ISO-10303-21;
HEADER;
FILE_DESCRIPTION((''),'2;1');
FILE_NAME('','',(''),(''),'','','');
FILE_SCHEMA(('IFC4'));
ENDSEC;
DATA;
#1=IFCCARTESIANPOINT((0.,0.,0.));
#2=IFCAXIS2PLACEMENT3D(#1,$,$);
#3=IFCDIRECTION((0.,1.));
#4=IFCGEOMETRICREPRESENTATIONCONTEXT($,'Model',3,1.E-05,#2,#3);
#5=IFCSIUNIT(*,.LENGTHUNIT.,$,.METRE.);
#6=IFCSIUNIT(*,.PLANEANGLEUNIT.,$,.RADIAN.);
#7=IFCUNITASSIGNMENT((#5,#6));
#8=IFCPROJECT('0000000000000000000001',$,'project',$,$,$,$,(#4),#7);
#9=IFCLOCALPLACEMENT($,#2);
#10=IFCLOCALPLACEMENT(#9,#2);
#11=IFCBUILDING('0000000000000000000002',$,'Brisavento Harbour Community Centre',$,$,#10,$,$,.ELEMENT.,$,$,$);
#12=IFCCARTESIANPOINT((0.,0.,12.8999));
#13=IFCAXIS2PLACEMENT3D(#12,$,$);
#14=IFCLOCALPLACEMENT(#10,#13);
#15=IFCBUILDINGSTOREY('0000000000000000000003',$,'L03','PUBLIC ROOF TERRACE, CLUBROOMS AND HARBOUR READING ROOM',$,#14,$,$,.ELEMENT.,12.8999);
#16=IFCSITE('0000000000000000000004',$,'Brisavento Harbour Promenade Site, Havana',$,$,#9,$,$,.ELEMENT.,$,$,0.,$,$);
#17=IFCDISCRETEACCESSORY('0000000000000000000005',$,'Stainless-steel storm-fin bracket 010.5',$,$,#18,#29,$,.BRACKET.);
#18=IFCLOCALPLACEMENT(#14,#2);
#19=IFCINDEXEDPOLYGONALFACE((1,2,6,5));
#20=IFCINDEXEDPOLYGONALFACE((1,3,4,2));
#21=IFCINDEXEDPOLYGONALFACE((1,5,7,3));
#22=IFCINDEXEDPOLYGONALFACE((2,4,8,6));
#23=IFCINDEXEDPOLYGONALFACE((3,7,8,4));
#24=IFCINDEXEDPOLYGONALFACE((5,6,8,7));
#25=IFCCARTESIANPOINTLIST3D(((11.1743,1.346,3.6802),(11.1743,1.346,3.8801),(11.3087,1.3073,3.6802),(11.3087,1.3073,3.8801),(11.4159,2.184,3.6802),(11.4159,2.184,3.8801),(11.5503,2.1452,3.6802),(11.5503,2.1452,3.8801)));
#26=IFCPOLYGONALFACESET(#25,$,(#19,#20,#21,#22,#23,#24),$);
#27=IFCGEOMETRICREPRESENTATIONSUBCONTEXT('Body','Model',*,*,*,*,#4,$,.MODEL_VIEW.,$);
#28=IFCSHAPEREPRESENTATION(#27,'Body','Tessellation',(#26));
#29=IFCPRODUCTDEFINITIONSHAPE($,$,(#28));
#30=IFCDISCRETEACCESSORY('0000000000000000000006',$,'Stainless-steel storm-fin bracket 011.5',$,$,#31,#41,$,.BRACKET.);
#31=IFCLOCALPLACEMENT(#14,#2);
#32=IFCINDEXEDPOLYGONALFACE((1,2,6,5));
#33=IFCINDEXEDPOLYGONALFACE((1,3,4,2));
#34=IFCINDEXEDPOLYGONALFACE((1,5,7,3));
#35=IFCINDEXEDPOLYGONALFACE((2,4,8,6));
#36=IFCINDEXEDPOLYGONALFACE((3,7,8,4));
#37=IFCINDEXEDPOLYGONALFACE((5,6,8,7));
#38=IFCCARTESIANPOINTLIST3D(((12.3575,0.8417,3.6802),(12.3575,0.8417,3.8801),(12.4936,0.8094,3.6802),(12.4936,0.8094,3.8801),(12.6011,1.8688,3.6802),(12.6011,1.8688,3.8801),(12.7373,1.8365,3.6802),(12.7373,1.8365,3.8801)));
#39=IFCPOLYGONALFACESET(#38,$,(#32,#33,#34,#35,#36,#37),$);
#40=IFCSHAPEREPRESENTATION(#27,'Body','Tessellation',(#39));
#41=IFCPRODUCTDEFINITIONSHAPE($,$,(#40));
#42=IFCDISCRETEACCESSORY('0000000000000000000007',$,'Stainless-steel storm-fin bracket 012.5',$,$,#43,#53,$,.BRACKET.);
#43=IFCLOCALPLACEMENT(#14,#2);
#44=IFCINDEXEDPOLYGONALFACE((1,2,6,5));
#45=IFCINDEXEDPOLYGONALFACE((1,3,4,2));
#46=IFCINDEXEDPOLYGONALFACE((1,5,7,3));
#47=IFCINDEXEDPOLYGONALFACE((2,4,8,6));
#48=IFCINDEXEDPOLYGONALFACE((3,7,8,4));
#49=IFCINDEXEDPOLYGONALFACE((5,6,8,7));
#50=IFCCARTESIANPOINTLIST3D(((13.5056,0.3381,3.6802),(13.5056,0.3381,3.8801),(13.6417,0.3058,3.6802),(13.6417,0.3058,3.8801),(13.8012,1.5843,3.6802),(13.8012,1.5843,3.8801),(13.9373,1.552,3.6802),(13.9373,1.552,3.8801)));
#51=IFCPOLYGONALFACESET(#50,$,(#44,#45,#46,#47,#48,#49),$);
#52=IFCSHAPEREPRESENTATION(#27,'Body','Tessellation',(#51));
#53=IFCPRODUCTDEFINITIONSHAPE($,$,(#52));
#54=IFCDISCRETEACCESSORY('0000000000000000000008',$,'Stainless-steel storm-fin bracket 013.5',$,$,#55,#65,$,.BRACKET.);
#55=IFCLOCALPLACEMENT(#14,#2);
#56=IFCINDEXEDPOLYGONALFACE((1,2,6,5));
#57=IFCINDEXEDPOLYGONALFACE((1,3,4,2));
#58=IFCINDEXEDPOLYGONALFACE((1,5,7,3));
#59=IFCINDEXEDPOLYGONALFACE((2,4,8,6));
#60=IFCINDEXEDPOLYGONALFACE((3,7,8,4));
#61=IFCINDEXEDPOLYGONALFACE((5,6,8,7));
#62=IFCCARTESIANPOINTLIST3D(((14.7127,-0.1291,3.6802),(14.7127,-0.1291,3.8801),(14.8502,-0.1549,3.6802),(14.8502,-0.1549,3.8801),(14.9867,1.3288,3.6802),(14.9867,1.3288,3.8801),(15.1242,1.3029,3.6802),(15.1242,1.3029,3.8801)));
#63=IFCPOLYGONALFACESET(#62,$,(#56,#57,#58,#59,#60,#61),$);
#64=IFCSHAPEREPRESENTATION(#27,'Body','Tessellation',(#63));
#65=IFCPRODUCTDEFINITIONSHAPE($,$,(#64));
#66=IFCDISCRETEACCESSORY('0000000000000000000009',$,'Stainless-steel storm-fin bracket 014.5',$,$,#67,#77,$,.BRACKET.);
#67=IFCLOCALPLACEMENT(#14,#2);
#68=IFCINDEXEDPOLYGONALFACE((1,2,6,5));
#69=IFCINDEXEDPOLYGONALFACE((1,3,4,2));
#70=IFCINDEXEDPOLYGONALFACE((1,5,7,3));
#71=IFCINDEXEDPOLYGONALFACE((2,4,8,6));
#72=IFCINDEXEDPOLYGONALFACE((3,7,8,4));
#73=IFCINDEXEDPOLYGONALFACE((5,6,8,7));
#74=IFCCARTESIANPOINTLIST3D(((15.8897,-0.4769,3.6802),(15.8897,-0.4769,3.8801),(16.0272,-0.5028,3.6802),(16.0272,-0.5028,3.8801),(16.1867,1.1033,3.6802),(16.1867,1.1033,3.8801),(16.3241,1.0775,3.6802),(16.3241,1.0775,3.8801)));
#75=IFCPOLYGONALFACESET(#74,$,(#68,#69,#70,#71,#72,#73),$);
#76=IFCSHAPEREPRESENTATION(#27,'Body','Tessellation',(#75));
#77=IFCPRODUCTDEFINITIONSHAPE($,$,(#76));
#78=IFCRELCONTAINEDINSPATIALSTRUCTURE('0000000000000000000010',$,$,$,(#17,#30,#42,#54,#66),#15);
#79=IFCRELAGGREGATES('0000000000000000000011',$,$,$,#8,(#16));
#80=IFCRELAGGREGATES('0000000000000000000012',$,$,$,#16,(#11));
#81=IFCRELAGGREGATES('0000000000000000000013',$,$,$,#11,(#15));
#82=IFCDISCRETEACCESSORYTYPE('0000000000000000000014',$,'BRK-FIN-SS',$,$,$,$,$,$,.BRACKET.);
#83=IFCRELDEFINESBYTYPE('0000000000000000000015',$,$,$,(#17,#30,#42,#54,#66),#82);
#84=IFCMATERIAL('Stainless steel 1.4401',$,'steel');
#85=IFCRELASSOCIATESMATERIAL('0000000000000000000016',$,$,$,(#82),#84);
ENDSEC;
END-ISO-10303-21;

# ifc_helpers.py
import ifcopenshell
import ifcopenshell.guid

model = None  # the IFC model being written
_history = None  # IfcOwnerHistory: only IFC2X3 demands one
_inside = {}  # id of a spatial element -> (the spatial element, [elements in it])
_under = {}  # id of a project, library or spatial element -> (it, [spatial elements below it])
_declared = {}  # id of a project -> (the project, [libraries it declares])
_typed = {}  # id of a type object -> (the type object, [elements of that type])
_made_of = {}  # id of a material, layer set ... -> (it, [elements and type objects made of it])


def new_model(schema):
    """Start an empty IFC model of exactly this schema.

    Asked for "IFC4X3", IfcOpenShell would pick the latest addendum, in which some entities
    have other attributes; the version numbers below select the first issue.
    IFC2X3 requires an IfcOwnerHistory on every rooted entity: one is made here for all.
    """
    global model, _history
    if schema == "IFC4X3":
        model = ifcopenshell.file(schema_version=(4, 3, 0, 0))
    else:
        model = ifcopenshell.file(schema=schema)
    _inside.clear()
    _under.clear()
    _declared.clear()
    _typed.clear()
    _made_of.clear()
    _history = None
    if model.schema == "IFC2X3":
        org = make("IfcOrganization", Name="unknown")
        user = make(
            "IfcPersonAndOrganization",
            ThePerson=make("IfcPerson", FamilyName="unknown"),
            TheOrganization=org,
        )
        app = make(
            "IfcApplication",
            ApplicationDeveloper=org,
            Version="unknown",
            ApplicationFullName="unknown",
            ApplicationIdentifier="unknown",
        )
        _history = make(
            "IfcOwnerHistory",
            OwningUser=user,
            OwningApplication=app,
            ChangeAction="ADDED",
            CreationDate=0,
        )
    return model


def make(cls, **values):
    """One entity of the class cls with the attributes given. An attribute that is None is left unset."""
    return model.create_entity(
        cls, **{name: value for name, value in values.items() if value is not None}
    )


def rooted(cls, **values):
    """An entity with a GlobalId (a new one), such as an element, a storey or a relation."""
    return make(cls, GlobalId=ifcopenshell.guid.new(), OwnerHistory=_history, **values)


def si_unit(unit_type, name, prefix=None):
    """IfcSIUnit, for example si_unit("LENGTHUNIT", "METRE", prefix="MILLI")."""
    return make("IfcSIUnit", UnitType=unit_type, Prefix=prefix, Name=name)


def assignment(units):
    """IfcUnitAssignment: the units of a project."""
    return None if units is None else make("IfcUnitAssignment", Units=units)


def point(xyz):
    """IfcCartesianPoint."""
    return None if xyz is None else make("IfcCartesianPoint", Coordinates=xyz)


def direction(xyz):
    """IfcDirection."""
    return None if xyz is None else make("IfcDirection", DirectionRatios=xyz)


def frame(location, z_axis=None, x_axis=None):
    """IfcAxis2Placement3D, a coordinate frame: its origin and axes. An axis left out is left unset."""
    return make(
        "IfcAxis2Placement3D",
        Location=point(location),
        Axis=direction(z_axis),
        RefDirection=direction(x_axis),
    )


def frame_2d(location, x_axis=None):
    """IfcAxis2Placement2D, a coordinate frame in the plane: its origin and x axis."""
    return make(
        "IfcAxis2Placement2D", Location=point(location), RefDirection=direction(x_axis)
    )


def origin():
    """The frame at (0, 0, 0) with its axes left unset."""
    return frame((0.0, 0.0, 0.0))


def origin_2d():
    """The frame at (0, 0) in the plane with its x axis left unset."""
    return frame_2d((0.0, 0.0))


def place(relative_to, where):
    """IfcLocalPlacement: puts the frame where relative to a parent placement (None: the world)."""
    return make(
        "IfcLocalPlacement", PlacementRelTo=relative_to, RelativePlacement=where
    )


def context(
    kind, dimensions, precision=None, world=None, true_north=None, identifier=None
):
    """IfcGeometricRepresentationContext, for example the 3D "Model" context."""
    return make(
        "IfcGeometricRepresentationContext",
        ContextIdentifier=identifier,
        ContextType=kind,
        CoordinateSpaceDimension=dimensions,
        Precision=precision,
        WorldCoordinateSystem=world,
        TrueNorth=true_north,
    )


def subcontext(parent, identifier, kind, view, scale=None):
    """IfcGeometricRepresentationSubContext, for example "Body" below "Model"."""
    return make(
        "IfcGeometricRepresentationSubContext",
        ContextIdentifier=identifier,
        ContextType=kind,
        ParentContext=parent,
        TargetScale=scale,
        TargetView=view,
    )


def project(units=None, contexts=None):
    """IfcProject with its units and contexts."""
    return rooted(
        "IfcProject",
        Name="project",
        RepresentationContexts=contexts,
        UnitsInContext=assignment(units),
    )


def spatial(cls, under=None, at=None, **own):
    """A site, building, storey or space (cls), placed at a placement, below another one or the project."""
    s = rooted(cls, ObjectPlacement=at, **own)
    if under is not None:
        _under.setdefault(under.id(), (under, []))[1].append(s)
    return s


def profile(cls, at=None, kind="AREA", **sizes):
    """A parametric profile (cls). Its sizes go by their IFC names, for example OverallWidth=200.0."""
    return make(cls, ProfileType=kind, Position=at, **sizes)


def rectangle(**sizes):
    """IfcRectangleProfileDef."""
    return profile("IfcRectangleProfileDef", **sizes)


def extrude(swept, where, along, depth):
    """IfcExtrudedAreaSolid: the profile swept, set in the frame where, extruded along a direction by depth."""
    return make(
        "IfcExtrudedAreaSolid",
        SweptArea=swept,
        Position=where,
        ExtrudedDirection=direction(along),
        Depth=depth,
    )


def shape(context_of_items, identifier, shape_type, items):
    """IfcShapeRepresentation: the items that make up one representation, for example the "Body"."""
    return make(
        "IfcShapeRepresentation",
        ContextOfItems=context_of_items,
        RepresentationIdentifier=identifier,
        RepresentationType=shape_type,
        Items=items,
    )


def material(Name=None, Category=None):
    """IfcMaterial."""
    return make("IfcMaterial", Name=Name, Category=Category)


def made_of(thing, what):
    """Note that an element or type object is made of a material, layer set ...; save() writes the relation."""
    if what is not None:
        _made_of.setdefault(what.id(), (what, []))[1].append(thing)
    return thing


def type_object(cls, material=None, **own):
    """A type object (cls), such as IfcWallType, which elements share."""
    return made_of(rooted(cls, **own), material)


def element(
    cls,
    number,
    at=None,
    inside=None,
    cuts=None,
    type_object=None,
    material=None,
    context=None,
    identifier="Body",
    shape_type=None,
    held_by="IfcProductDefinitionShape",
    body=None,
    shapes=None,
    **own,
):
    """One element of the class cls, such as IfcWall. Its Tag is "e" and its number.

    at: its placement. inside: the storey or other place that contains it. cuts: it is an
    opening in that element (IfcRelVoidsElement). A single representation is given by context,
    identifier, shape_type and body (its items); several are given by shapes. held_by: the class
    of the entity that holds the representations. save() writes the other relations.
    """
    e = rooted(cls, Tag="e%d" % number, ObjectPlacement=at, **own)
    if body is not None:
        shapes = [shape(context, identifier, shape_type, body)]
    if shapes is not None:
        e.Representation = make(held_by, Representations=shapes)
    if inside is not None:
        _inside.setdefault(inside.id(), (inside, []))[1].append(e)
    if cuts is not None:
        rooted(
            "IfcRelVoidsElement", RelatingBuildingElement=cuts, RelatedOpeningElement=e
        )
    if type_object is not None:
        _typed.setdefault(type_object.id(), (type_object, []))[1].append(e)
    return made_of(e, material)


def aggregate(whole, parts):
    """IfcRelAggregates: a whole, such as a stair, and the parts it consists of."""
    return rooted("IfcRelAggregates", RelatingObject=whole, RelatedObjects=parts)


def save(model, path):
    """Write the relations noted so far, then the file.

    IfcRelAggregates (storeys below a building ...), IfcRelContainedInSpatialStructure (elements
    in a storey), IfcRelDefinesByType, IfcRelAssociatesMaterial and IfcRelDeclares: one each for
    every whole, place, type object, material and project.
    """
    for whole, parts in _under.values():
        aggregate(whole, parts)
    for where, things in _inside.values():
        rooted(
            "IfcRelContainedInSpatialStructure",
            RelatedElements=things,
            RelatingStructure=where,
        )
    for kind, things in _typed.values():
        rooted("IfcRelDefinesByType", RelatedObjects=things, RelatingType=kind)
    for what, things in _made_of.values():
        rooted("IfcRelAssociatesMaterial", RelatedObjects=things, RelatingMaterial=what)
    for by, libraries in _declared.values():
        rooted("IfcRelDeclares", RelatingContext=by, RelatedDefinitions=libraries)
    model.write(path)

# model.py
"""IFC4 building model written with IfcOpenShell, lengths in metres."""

from ifc_helpers import new_model, si_unit, direction, frame, origin, origin_2d, place, context, subcontext, project, spatial, rectangle, extrude, material, type_object, element, save


model = new_model("IFC4")

# Units and contexts
model_context = context("Model", 3, precision=1e-05, world=origin(), true_north=direction((0.0, 1.0)))
body_context = subcontext(model_context, "Body", "Model", "MODEL_VIEW")
ifc_project = project(units=[si_unit("LENGTHUNIT", "METRE"), si_unit("PLANEANGLEUNIT", "RADIAN")], contexts=[model_context])

# Site, building, storey
site_placement = place(None, origin())
site = spatial("IfcSite", under=ifc_project, at=site_placement, Name="Brisavento Harbour Promenade Site, Havana", CompositionType="ELEMENT", RefElevation=0.0)
building_placement = place(site_placement, origin())
building = spatial("IfcBuilding", under=site, at=building_placement, Name="Brisavento Harbour Community Centre", CompositionType="ELEMENT")
storey_placement = place(building_placement, frame((0.0, 0.0, 12.8999)))
storey = spatial("IfcBuildingStorey", under=building, at=storey_placement, Name="L03", Description="PUBLIC ROOF TERRACE, CLUBROOMS AND HARBOUR READING ROOM", CompositionType="ELEMENT", Elevation=12.8999)

# Discrete accessories
ifc_material_1 = material(Name="Stainless steel 1.4401", Category="steel")
discrete_accessory_type = type_object("IfcDiscreteAccessoryType", Name="BRK-FIN-SS", PredefinedType="BRACKET", material=ifc_material_1)
discrete_accessory_1_placement = place(storey_placement, frame((11.3623, 1.7456, 3.6802), z_axis=(0.0, 0.0, 1.0), x_axis=(-0.276996, -0.960871, 0.0)))
element("IfcDiscreteAccessory", 1, at=discrete_accessory_1_placement, inside=storey, type_object=discrete_accessory_type, Name="Stainless-steel storm-fin bracket 010.5", PredefinedType="BRACKET", context=body_context, shape_type="SweptSolid", body=[
    extrude(rectangle(XDim=0.8721, YDim=0.1399, at=origin_2d()), origin(), (0.0, 0.0, 1.0), 0.2),
])
discrete_accessory_2_placement = place(storey_placement, frame((12.5474, 1.3391, 3.6802), z_axis=(0.0, 0.0, 1.0), x_axis=(-0.230831, -0.972994, 0.0)))
element("IfcDiscreteAccessory", 2, at=discrete_accessory_2_placement, inside=storey, type_object=discrete_accessory_type, Name="Stainless-steel storm-fin bracket 011.5", PredefinedType="BRACKET", context=body_context, shape_type="SweptSolid", body=[
    extrude(rectangle(XDim=1.0557, YDim=0.1399, at=origin_2d()), origin(), (0.0, 0.0, 1.0), 0.2),
])
discrete_accessory_3_placement = place(storey_placement, frame((13.7214, 0.9451, 3.6802), z_axis=(0.0, 0.0, 1.0), x_axis=(-0.230831, -0.972994, 0.0)))
element("IfcDiscreteAccessory", 3, at=discrete_accessory_3_placement, inside=storey, type_object=discrete_accessory_type, Name="Stainless-steel storm-fin bracket 012.5", PredefinedType="BRACKET", context=body_context, shape_type="SweptSolid", body=[
    extrude(rectangle(XDim=1.2808, YDim=0.1399, at=origin_2d()), origin(), (0.0, 0.0, 1.0), 0.2),
])
discrete_accessory_4_placement = place(storey_placement, frame((14.9185, 0.5869, 3.6802), z_axis=(0.0, 0.0, 1.0), x_axis=(-0.184672, -0.9828, 0.0)))
element("IfcDiscreteAccessory", 4, at=discrete_accessory_4_placement, inside=storey, type_object=discrete_accessory_type, Name="Stainless-steel storm-fin bracket 013.5", PredefinedType="BRACKET", context=body_context, shape_type="SweptSolid", body=[
    extrude(rectangle(XDim=1.4834, YDim=0.1399, at=origin_2d()), origin(), (0.0, 0.0, 1.0), 0.2),
])
discrete_accessory_5_placement = place(storey_placement, frame((16.1069, 0.3003, 3.6802), z_axis=(0.0, 0.0, 1.0), x_axis=(-0.184672, -0.9828, 0.0)))
element("IfcDiscreteAccessory", 5, at=discrete_accessory_5_placement, inside=storey, type_object=discrete_accessory_type, Name="Stainless-steel storm-fin bracket 014.5", PredefinedType="BRACKET", context=body_context, shape_type="SweptSolid", body=[
    extrude(rectangle(XDim=1.6079, YDim=0.1399, at=origin_2d()), origin(), (0.0, 0.0, 1.0), 0.2),
])

save(model, "model.ifc")
